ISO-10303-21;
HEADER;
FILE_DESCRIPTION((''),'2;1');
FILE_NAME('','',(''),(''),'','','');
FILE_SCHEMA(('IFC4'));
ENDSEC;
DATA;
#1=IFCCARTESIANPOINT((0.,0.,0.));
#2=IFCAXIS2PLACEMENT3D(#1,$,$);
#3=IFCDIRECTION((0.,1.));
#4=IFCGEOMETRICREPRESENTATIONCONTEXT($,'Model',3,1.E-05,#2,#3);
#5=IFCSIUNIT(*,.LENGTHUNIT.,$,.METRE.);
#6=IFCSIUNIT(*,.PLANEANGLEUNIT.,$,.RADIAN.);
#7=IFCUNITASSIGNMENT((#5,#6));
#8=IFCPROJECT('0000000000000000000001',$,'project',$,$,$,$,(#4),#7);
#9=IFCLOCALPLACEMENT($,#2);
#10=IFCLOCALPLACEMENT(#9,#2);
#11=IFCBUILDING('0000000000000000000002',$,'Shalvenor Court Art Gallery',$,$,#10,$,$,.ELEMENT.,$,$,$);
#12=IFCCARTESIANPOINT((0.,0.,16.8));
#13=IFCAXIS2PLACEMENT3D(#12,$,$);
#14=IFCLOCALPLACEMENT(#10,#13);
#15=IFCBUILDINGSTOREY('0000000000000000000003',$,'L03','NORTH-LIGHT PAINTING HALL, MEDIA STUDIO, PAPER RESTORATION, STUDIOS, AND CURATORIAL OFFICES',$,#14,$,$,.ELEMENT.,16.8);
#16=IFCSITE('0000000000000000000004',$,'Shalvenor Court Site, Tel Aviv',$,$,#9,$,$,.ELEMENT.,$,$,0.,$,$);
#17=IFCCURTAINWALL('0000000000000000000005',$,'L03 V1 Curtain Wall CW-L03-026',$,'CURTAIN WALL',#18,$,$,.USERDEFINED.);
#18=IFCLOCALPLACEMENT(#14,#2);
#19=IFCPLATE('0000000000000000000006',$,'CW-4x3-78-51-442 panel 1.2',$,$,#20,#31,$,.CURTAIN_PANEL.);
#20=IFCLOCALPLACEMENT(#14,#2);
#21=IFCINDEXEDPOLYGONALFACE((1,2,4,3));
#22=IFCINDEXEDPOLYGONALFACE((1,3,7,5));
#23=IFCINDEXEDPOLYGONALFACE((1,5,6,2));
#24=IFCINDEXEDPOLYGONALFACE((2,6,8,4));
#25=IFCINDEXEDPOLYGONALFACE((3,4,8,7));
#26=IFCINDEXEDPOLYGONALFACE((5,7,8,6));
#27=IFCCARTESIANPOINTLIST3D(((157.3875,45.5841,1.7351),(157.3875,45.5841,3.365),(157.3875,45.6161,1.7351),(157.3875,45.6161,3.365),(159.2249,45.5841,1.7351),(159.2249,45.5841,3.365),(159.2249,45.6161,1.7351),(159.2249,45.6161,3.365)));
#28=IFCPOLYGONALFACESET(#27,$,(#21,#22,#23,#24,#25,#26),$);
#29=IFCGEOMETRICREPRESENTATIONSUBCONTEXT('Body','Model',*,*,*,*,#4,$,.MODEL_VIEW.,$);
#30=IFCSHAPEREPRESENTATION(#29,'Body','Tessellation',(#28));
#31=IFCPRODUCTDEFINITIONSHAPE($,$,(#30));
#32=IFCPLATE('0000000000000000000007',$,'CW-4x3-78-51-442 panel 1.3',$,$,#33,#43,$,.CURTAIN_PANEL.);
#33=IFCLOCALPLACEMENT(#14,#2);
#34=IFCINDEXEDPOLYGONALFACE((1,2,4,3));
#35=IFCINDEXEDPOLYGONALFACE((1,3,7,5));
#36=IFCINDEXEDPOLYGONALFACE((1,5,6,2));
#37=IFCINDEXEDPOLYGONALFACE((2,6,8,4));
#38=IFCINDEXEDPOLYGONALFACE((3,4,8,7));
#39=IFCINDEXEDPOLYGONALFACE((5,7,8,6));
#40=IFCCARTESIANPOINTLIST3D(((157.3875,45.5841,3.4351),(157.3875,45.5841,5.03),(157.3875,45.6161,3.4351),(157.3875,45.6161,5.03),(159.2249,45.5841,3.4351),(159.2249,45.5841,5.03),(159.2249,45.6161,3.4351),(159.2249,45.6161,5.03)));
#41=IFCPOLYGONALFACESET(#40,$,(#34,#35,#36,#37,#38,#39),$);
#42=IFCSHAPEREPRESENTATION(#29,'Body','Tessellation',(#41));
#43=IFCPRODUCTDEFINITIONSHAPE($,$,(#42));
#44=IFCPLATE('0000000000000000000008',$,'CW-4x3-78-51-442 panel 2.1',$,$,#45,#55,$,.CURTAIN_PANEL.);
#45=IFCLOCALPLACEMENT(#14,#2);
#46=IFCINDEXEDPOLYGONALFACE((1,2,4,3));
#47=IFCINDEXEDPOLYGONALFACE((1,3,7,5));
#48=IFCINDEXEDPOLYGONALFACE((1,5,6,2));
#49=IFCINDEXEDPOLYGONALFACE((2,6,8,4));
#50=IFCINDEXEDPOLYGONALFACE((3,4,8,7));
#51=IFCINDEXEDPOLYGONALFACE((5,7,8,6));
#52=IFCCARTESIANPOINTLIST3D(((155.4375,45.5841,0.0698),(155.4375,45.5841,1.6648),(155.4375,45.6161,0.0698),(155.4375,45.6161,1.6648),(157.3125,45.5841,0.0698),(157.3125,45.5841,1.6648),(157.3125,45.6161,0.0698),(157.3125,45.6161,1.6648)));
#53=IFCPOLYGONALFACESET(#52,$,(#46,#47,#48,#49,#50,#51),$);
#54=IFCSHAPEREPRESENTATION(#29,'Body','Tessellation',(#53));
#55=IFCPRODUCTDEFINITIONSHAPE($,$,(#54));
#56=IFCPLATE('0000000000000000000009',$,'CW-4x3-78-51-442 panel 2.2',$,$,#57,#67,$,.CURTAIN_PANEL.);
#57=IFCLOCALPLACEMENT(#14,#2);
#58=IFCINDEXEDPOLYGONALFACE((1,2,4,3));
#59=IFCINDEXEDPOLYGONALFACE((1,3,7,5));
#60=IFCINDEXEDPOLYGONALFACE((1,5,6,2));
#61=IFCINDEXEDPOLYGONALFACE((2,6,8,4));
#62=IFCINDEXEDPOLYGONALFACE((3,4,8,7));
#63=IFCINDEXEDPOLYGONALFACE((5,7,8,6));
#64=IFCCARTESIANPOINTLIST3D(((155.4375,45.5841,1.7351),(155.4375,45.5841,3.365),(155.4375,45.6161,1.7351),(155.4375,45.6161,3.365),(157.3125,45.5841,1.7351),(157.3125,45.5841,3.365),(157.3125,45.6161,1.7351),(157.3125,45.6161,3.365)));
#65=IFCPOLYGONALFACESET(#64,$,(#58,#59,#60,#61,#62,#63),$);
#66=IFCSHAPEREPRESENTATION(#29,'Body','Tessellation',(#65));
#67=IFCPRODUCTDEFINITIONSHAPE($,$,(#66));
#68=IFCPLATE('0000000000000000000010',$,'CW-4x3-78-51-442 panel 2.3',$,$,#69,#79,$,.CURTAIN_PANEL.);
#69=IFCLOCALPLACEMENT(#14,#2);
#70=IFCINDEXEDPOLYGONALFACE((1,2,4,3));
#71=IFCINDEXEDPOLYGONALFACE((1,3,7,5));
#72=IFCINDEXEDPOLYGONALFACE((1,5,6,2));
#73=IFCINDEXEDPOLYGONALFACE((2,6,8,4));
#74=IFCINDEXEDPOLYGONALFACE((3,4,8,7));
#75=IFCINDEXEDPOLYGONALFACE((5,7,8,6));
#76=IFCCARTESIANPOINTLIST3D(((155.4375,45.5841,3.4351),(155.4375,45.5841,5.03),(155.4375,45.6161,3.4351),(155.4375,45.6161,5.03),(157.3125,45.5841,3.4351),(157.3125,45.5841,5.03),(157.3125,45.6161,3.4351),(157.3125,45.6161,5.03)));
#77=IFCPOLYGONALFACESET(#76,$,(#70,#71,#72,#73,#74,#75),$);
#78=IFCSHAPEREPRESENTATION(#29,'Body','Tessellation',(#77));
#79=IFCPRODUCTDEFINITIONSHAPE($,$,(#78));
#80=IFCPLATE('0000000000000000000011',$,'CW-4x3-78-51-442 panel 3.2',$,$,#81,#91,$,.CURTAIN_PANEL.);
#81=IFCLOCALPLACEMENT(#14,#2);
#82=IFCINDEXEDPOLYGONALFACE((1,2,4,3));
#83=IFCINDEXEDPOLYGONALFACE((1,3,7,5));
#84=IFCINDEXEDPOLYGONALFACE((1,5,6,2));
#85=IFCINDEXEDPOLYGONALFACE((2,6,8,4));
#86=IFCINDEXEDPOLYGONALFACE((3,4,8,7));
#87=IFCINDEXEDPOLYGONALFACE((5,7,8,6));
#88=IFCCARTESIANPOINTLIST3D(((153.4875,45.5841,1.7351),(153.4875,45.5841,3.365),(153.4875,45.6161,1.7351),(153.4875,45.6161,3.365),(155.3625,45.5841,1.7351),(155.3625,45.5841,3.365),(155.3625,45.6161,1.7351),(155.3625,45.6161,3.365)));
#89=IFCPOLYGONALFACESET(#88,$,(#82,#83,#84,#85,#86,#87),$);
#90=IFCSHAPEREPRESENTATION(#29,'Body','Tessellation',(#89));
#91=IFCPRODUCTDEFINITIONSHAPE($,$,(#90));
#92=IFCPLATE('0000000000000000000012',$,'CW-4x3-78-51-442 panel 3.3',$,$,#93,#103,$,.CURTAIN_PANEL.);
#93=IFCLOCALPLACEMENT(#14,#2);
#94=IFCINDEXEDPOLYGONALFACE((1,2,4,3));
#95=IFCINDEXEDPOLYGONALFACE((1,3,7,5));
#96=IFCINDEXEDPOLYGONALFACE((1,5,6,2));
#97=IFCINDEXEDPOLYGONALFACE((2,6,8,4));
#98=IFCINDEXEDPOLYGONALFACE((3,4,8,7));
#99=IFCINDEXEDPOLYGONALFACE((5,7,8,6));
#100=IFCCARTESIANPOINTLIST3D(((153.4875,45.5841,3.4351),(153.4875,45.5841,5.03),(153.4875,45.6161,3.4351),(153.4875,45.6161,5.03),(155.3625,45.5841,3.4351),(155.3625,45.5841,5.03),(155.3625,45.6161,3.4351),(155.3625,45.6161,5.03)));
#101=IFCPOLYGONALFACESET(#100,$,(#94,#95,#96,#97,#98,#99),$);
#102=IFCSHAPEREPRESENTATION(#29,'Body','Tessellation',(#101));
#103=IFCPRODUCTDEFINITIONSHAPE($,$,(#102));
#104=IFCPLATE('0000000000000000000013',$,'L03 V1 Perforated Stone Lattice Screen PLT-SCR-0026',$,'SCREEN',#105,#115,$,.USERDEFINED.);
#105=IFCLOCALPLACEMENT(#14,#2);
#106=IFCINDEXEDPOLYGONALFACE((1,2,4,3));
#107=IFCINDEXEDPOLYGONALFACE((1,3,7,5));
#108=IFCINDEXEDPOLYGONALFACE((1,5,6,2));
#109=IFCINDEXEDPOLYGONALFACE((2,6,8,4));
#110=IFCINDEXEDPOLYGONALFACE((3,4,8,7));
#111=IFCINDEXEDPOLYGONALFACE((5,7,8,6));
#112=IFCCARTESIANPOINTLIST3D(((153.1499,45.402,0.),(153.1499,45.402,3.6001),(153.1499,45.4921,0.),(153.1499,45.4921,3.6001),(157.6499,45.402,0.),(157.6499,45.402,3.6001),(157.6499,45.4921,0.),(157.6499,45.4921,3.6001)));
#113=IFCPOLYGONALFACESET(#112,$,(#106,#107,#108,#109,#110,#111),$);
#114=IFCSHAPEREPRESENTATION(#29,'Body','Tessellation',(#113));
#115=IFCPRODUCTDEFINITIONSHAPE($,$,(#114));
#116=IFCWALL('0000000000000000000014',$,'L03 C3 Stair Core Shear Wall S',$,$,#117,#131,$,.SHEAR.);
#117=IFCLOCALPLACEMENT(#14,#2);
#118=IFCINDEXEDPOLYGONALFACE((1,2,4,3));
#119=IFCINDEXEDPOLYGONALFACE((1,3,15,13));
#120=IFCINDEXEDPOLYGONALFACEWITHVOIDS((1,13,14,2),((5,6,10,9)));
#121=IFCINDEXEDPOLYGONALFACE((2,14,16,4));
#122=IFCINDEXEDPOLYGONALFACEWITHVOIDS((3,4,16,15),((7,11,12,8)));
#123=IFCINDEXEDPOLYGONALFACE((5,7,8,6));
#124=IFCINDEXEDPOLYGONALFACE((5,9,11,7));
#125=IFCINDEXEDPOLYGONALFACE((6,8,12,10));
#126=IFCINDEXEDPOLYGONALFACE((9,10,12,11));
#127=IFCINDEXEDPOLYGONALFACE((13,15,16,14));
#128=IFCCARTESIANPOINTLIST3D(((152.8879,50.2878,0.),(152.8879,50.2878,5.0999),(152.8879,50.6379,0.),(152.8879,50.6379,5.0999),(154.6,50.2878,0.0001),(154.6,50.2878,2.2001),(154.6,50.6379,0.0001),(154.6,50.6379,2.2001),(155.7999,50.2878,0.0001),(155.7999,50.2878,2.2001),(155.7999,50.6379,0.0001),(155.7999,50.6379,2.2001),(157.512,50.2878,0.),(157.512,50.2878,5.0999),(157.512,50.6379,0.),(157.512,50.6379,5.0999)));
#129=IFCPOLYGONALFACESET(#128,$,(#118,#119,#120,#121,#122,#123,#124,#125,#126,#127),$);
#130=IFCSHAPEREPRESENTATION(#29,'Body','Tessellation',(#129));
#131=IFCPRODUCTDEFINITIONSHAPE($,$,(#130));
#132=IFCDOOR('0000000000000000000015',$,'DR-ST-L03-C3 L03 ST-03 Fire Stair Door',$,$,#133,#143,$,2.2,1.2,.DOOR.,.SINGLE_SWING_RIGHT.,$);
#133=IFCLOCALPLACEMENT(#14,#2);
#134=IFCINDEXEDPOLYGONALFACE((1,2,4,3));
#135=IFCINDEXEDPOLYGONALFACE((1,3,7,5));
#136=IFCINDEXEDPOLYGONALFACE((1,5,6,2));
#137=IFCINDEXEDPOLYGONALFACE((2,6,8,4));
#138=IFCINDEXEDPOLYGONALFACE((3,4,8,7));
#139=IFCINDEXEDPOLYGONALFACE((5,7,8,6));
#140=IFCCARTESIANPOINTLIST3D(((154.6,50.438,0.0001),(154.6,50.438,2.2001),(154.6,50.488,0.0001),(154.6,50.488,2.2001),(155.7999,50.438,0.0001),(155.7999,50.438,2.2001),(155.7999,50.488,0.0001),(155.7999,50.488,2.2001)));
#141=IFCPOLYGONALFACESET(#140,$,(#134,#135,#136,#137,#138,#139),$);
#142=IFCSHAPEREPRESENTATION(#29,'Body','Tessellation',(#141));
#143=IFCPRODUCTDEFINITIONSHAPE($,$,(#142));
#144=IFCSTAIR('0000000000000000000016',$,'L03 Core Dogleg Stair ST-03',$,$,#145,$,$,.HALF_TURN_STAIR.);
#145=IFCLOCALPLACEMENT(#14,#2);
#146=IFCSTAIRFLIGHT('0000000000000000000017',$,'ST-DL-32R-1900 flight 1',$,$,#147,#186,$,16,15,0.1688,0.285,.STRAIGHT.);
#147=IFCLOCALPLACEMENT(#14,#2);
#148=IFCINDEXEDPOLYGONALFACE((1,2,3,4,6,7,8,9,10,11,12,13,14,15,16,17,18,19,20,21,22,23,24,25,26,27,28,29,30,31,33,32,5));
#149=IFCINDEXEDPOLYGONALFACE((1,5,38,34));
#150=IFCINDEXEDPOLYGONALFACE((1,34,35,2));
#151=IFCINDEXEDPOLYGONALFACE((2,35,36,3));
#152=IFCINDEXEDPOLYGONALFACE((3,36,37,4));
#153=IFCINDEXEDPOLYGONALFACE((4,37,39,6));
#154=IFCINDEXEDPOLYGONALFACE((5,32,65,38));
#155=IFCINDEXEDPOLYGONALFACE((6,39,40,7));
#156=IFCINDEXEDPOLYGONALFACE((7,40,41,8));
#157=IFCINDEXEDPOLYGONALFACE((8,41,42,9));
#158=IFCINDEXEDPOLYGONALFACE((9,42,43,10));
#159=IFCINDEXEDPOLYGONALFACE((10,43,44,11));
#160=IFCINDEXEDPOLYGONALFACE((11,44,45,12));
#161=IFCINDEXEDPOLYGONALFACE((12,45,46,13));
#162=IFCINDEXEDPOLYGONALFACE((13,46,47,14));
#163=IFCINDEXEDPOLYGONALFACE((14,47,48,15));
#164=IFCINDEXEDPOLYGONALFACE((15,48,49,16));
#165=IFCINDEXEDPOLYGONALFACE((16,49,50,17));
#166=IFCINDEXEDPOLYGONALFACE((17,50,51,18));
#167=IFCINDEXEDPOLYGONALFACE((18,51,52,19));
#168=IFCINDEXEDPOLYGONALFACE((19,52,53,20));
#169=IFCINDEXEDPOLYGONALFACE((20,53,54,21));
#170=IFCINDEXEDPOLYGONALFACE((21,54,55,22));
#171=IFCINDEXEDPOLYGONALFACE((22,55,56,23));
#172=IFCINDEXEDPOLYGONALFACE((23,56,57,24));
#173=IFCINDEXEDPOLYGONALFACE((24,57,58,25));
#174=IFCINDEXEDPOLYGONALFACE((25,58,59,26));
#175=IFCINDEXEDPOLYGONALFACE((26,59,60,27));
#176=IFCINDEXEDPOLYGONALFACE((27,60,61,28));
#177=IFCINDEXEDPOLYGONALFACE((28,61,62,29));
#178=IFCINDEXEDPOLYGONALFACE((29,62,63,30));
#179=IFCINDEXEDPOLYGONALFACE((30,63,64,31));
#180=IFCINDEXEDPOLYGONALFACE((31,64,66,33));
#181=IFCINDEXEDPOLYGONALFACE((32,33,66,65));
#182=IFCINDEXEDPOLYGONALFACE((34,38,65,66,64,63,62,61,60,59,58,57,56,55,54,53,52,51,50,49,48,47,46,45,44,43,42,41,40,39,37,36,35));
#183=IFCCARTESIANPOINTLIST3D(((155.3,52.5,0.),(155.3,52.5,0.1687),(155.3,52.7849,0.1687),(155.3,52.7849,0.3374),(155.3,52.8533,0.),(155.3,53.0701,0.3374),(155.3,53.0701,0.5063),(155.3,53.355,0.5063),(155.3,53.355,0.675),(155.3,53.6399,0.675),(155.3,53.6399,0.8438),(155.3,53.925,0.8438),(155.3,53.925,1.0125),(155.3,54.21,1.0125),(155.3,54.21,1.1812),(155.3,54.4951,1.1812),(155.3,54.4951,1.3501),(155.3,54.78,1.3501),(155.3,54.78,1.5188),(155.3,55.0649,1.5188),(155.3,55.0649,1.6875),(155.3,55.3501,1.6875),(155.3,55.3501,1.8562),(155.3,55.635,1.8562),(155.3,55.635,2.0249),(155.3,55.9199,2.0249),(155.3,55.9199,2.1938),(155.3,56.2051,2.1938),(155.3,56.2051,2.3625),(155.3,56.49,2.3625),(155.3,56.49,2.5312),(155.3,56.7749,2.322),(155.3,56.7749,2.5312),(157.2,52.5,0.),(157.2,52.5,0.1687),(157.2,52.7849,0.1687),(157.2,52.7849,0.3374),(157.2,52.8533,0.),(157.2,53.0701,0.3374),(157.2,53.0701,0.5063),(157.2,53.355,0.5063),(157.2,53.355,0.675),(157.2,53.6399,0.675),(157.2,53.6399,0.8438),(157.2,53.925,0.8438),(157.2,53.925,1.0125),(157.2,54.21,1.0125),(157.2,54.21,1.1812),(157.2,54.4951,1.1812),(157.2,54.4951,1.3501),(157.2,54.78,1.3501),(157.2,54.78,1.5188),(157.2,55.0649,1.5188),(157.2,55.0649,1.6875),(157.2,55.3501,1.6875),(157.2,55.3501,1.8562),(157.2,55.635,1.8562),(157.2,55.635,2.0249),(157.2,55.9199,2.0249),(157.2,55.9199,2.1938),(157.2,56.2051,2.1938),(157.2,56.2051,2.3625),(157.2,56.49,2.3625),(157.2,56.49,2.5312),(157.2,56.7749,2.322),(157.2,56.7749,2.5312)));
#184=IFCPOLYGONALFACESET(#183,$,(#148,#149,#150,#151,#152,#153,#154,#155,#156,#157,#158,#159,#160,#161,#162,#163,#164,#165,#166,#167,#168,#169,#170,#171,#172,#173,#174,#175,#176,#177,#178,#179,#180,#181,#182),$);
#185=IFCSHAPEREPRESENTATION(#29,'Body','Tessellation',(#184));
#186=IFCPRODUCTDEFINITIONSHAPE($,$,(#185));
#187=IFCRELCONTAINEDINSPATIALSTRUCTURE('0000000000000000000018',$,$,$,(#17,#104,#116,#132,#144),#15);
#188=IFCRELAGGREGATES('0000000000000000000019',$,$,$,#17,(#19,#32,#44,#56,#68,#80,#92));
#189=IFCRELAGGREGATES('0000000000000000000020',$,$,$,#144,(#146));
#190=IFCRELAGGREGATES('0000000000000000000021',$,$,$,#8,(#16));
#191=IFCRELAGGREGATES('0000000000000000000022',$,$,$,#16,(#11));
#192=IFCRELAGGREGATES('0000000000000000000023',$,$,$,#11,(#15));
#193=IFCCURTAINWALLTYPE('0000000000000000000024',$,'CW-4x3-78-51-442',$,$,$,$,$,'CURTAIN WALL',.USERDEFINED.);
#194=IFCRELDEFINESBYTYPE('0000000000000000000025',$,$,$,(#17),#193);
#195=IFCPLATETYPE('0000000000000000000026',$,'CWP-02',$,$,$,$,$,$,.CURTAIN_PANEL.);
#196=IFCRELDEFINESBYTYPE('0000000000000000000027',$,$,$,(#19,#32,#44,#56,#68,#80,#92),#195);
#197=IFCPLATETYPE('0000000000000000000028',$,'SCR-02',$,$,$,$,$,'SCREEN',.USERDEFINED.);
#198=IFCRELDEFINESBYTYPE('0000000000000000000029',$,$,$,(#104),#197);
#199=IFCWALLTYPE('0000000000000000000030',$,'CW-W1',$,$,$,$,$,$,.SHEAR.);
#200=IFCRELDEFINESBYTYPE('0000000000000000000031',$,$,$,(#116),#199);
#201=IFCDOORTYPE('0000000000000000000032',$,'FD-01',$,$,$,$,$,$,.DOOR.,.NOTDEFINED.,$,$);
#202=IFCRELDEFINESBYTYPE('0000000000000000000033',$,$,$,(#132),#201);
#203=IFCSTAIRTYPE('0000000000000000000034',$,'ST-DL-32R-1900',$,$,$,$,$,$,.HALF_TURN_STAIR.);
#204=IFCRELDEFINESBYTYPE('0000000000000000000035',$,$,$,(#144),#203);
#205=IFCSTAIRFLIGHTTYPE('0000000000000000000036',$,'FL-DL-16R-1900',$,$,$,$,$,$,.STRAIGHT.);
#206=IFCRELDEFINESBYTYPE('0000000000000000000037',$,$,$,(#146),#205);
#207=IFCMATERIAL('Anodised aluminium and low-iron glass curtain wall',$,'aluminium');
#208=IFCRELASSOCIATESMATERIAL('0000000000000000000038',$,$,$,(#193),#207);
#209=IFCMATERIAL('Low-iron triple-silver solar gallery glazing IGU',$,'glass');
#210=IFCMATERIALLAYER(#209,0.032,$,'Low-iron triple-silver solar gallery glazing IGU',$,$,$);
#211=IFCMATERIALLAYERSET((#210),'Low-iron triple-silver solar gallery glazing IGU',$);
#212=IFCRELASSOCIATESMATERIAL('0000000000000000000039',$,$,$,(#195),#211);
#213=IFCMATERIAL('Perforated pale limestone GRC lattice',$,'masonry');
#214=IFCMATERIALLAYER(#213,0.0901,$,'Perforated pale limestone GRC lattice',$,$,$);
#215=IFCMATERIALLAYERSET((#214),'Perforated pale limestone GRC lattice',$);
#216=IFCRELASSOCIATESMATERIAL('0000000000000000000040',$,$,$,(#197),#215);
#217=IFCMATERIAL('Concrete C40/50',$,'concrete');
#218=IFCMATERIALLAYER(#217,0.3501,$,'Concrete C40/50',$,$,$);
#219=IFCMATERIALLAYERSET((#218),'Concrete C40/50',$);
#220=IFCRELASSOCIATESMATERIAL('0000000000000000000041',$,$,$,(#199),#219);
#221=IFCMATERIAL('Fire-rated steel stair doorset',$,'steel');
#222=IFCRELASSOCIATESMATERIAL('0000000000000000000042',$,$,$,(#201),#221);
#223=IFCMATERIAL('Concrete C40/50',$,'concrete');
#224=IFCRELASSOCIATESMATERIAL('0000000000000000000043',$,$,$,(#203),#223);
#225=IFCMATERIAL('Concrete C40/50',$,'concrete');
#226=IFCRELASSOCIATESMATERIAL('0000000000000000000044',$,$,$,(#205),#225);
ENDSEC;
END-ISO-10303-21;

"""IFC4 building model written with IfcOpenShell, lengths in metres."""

from ifc_helpers import new_model, si_unit, direction, frame, frame_2d, origin, origin_2d, place, context, subcontext, project, spatial, polyline, rectangle, outline, extrude, material, layer, layer_set, type_object, element, fill, aggregate, save


model = new_model("IFC4")

# Units and contexts
model_context = context("Model", 3, precision=1e-05, world=origin(), true_north=direction((0.0, 1.0)))
body_context = subcontext(model_context, "Body", "Model", "MODEL_VIEW")
ifc_project = project(units=[si_unit("LENGTHUNIT", "METRE"), si_unit("PLANEANGLEUNIT", "RADIAN")], contexts=[model_context])

# Site, building, storey
site_placement = place(None, origin())
site = spatial("IfcSite", under=ifc_project, at=site_placement, Name="Shalvenor Court Site, Tel Aviv", CompositionType="ELEMENT", RefElevation=0.0)
building_placement = place(site_placement, origin())
building = spatial("IfcBuilding", under=site, at=building_placement, Name="Shalvenor Court Art Gallery", CompositionType="ELEMENT")
storey_placement = place(building_placement, frame((0.0, 0.0, 16.8)))
storey = spatial("IfcBuildingStorey", under=building, at=storey_placement, Name="L03", Description="NORTH-LIGHT PAINTING HALL, MEDIA STUDIO, PAPER RESTORATION, STUDIOS, AND CURATORIAL OFFICES", CompositionType="ELEMENT", Elevation=16.8)

# Curtain wall
ifc_material_1 = material(Name="Anodised aluminium and low-iron glass curtain wall", Category="aluminium")
curtain_wall_type = type_object("IfcCurtainWallType", Name="CW-4x3-78-51-442", ElementType="CURTAIN WALL", PredefinedType="USERDEFINED", material=ifc_material_1)
curtain_wall_placement = place(storey_placement, origin())
curtain_wall = element("IfcCurtainWall", 1, at=curtain_wall_placement, inside=storey, type_object=curtain_wall_type, Name="L03 V1 Curtain Wall CW-L03-026", ObjectType="CURTAIN WALL", PredefinedType="USERDEFINED")

# Plates
ifc_material_2 = material(Name="Low-iron triple-silver solar gallery glazing IGU", Category="glass")
ifc_layer_1 = layer(ifc_material_2, 0.032, Name="Low-iron triple-silver solar gallery glazing IGU")
ifc_layer_set_1 = layer_set([ifc_layer_1], Name="Low-iron triple-silver solar gallery glazing IGU")
plate_type_1 = type_object("IfcPlateType", Name="CWP-02", PredefinedType="CURTAIN_PANEL", material=ifc_layer_set_1)
plate_1_placement = place(storey_placement, frame((158.3062, 45.6001, 1.7351), z_axis=(0.0, 0.0, 1.0), x_axis=(-1.0, 0.0, 0.0)))
plate_1 = element("IfcPlate", 2, at=plate_1_placement, type_object=plate_type_1, Name="CW-4x3-78-51-442 panel 1.2", PredefinedType="CURTAIN_PANEL", context=body_context, shape_type="SweptSolid", body=[
    extrude(rectangle(XDim=1.8374, YDim=0.032, at=origin_2d()), origin(), (0.0, 0.0, 1.0), 1.6299),
])
plate_2_placement = place(storey_placement, frame((158.3062, 45.6001, 3.4351), z_axis=(0.0, 0.0, 1.0), x_axis=(-1.0, 0.0, 0.0)))
plate_2 = element("IfcPlate", 3, at=plate_2_placement, type_object=plate_type_1, Name="CW-4x3-78-51-442 panel 1.3", PredefinedType="CURTAIN_PANEL", context=body_context, shape_type="SweptSolid", body=[
    extrude(rectangle(XDim=1.8374, YDim=0.032, at=origin_2d()), origin(), (0.0, 0.0, 1.0), 1.595),
])
plate_3_placement = place(storey_placement, frame((156.375, 45.6001, 0.0698), z_axis=(0.0, 0.0, 1.0), x_axis=(-1.0, 0.0, 0.0)))
plate_3 = element("IfcPlate", 4, at=plate_3_placement, type_object=plate_type_1, Name="CW-4x3-78-51-442 panel 2.1", PredefinedType="CURTAIN_PANEL", context=body_context, shape_type="SweptSolid", body=[
    extrude(rectangle(XDim=1.875, YDim=0.032, at=origin_2d()), origin(), (0.0, 0.0, 1.0), 1.595),
])
plate_4_placement = place(storey_placement, frame((156.375, 45.6001, 1.7351), z_axis=(0.0, 0.0, 1.0), x_axis=(-1.0, 0.0, 0.0)))
plate_4 = element("IfcPlate", 5, at=plate_4_placement, type_object=plate_type_1, Name="CW-4x3-78-51-442 panel 2.2", PredefinedType="CURTAIN_PANEL", context=body_context, shape_type="SweptSolid", body=[
    extrude(rectangle(XDim=1.875, YDim=0.032, at=origin_2d()), origin(), (0.0, 0.0, 1.0), 1.6299),
])
plate_5_placement = place(storey_placement, frame((156.375, 45.6001, 3.4351), z_axis=(0.0, 0.0, 1.0), x_axis=(-1.0, 0.0, 0.0)))
plate_5 = element("IfcPlate", 6, at=plate_5_placement, type_object=plate_type_1, Name="CW-4x3-78-51-442 panel 2.3", PredefinedType="CURTAIN_PANEL", context=body_context, shape_type="SweptSolid", body=[
    extrude(rectangle(XDim=1.875, YDim=0.032, at=origin_2d()), origin(), (0.0, 0.0, 1.0), 1.595),
])
plate_6_placement = place(storey_placement, frame((154.425, 45.6001, 1.7351), z_axis=(0.0, 0.0, 1.0), x_axis=(-1.0, 0.0, 0.0)))
plate_6 = element("IfcPlate", 7, at=plate_6_placement, type_object=plate_type_1, Name="CW-4x3-78-51-442 panel 3.2", PredefinedType="CURTAIN_PANEL", context=body_context, shape_type="SweptSolid", body=[
    extrude(rectangle(XDim=1.875, YDim=0.032, at=origin_2d()), origin(), (0.0, 0.0, 1.0), 1.6299),
])
plate_7_placement = place(storey_placement, frame((154.425, 45.6001, 3.4351), z_axis=(0.0, 0.0, 1.0), x_axis=(-1.0, 0.0, 0.0)))
plate_7 = element("IfcPlate", 8, at=plate_7_placement, type_object=plate_type_1, Name="CW-4x3-78-51-442 panel 3.3", PredefinedType="CURTAIN_PANEL", context=body_context, shape_type="SweptSolid", body=[
    extrude(rectangle(XDim=1.875, YDim=0.032, at=origin_2d()), origin(), (0.0, 0.0, 1.0), 1.595),
])
aggregate(curtain_wall, [plate_1, plate_2, plate_3, plate_4, plate_5, plate_6, plate_7])
ifc_material_3 = material(Name="Perforated pale limestone GRC lattice", Category="masonry")
ifc_layer_2 = layer(ifc_material_3, 0.0901, Name="Perforated pale limestone GRC lattice")
ifc_layer_set_2 = layer_set([ifc_layer_2], Name="Perforated pale limestone GRC lattice")
plate_type_2 = type_object("IfcPlateType", Name="SCR-02", ElementType="SCREEN", PredefinedType="USERDEFINED", material=ifc_layer_set_2)
plate_8_placement = place(storey_placement, frame((155.3999, 45.447, 0.0), z_axis=(0.0, 0.0, 1.0), x_axis=(-1.0, 0.0, 0.0)))
element("IfcPlate", 9, at=plate_8_placement, inside=storey, type_object=plate_type_2, Name="L03 V1 Perforated Stone Lattice Screen PLT-SCR-0026", ObjectType="SCREEN", PredefinedType="USERDEFINED", context=body_context, shape_type="SweptSolid", body=[
    extrude(rectangle(XDim=4.5, YDim=0.0901, at=origin_2d()), origin(), (0.0, 0.0, 1.0), 3.6001),
])

# Wall, opening, door
ifc_material_4 = material(Name="Concrete C40/50", Category="concrete")
ifc_layer_3 = layer(ifc_material_4, 0.3501, Name="Concrete C40/50")
ifc_layer_set_3 = layer_set([ifc_layer_3], Name="Concrete C40/50")
wall_type = type_object("IfcWallType", Name="CW-W1", PredefinedType="SHEAR", material=ifc_layer_set_3)
wall_placement = place(storey_placement, frame((157.512, 50.4629, 0.0), z_axis=(0.0, 0.0, 1.0), x_axis=(-1.0, 0.0, 0.0)))
wall = element("IfcWall", 10, at=wall_placement, inside=storey, type_object=wall_type, Name="L03 C3 Stair Core Shear Wall S", PredefinedType="SHEAR", context=body_context, shape_type="SweptSolid", body=[
    extrude(rectangle(XDim=4.624, YDim=0.3501, at=frame_2d((2.312, 0.0))), origin(), (0.0, 0.0, 1.0), 5.0999),
])
opening_placement = place(wall_placement, frame((1.7119, 0.0, 0.0)))
opening = element("IfcOpeningElement", 11, at=opening_placement, cuts=wall, PredefinedType="OPENING", context=body_context, shape_type="SweptSolid", body=[
    extrude(rectangle(XDim=1.2, YDim=2.2, at=frame_2d((0.6001, 1.1001))), frame((0.0, 0.1851, 0.0), z_axis=(0.0, -1.0, 0.0), x_axis=(1.0, 0.0, 0.0)), (0.0, 0.0, 1.0), 0.3701),
])
ifc_material_5 = material(Name="Fire-rated steel stair doorset", Category="steel")
door_type = type_object("IfcDoorType", Name="FD-01", OperationType="NOTDEFINED", PredefinedType="DOOR", material=ifc_material_5)
door_placement = place(opening_placement, origin())
door = element("IfcDoor", 12, at=door_placement, inside=storey, type_object=door_type, Name="DR-ST-L03-C3 L03 ST-03 Fire Stair Door", OperationType="SINGLE_SWING_RIGHT", OverallHeight=2.2, OverallWidth=1.2, PredefinedType="DOOR", context=body_context, shape_type="SweptSolid", body=[
    extrude(rectangle(XDim=1.2, YDim=2.2, at=frame_2d((0.6001, 1.1001))), frame((0.0, 0.0249, 0.0), z_axis=(0.0, -1.0, 0.0), x_axis=(1.0, 0.0, 0.0)), (0.0, 0.0, 1.0), 0.05),
])
fill(opening, door)

# Stair, stair flight
ifc_material_6 = material(Name="Concrete C40/50", Category="concrete")
stair_type = type_object("IfcStairType", Name="ST-DL-32R-1900", PredefinedType="HALF_TURN_STAIR", material=ifc_material_6)
stair_placement = place(storey_placement, origin())
stair = element("IfcStair", 13, at=stair_placement, inside=storey, type_object=stair_type, Name="L03 Core Dogleg Stair ST-03", PredefinedType="HALF_TURN_STAIR")
ifc_material_7 = material(Name="Concrete C40/50", Category="concrete")
stair_flight_type = type_object("IfcStairFlightType", Name="FL-DL-16R-1900", PredefinedType="STRAIGHT", material=ifc_material_7)
stair_flight_placement = place(storey_placement, frame((156.25, 52.5, 0.0), z_axis=(0.0, 0.0, 1.0), x_axis=(0.0, 1.0, 0.0)))
stair_flight = element("IfcStairFlight", 14, at=stair_flight_placement, type_object=stair_flight_type, Name="ST-DL-32R-1900 flight 1", NumberOfRisers=16, NumberOfTreads=15, PredefinedType="STRAIGHT", RiserHeight=0.1688, TreadLength=0.285, context=body_context, shape_type="SweptSolid", body=[
    extrude(outline(polyline([(0.0, 0.0), (0.0, 0.1687), (0.2849, 0.1687), (0.2849, 0.3374), (0.5701, 0.3374), (0.5701, 0.5063), (0.855, 0.5063), (0.855, 0.675), (1.1399, 0.675), (1.1399, 0.8438), (1.425, 0.8438), (1.425, 1.0125), (1.71, 1.0125), (1.71, 1.1812), (1.9951, 1.1812), (1.9951, 1.3501), (2.28, 1.3501), (2.28, 1.5188), (2.5649, 1.5188), (2.5649, 1.6875), (2.8501, 1.6875), (2.8501, 1.8562), (3.135, 1.8562), (3.135, 2.0249), (3.4199, 2.0249), (3.4199, 2.1938), (3.7051, 2.1938), (3.7051, 2.3625), (3.99, 2.3625), (3.99, 2.5312), (4.2749, 2.5312), (4.2749, 2.7), (4.2749, 2.322), (0.3533, 0.0), (0.0, 0.0)])), frame((0.0, 0.95, 0.0), z_axis=(0.0, -1.0, 0.0), x_axis=(1.0, 0.0, 0.0)), (0.0, 0.0, 1.0), 1.8999),
])
aggregate(stair, [stair_flight])

save(model, "model.ifc")
